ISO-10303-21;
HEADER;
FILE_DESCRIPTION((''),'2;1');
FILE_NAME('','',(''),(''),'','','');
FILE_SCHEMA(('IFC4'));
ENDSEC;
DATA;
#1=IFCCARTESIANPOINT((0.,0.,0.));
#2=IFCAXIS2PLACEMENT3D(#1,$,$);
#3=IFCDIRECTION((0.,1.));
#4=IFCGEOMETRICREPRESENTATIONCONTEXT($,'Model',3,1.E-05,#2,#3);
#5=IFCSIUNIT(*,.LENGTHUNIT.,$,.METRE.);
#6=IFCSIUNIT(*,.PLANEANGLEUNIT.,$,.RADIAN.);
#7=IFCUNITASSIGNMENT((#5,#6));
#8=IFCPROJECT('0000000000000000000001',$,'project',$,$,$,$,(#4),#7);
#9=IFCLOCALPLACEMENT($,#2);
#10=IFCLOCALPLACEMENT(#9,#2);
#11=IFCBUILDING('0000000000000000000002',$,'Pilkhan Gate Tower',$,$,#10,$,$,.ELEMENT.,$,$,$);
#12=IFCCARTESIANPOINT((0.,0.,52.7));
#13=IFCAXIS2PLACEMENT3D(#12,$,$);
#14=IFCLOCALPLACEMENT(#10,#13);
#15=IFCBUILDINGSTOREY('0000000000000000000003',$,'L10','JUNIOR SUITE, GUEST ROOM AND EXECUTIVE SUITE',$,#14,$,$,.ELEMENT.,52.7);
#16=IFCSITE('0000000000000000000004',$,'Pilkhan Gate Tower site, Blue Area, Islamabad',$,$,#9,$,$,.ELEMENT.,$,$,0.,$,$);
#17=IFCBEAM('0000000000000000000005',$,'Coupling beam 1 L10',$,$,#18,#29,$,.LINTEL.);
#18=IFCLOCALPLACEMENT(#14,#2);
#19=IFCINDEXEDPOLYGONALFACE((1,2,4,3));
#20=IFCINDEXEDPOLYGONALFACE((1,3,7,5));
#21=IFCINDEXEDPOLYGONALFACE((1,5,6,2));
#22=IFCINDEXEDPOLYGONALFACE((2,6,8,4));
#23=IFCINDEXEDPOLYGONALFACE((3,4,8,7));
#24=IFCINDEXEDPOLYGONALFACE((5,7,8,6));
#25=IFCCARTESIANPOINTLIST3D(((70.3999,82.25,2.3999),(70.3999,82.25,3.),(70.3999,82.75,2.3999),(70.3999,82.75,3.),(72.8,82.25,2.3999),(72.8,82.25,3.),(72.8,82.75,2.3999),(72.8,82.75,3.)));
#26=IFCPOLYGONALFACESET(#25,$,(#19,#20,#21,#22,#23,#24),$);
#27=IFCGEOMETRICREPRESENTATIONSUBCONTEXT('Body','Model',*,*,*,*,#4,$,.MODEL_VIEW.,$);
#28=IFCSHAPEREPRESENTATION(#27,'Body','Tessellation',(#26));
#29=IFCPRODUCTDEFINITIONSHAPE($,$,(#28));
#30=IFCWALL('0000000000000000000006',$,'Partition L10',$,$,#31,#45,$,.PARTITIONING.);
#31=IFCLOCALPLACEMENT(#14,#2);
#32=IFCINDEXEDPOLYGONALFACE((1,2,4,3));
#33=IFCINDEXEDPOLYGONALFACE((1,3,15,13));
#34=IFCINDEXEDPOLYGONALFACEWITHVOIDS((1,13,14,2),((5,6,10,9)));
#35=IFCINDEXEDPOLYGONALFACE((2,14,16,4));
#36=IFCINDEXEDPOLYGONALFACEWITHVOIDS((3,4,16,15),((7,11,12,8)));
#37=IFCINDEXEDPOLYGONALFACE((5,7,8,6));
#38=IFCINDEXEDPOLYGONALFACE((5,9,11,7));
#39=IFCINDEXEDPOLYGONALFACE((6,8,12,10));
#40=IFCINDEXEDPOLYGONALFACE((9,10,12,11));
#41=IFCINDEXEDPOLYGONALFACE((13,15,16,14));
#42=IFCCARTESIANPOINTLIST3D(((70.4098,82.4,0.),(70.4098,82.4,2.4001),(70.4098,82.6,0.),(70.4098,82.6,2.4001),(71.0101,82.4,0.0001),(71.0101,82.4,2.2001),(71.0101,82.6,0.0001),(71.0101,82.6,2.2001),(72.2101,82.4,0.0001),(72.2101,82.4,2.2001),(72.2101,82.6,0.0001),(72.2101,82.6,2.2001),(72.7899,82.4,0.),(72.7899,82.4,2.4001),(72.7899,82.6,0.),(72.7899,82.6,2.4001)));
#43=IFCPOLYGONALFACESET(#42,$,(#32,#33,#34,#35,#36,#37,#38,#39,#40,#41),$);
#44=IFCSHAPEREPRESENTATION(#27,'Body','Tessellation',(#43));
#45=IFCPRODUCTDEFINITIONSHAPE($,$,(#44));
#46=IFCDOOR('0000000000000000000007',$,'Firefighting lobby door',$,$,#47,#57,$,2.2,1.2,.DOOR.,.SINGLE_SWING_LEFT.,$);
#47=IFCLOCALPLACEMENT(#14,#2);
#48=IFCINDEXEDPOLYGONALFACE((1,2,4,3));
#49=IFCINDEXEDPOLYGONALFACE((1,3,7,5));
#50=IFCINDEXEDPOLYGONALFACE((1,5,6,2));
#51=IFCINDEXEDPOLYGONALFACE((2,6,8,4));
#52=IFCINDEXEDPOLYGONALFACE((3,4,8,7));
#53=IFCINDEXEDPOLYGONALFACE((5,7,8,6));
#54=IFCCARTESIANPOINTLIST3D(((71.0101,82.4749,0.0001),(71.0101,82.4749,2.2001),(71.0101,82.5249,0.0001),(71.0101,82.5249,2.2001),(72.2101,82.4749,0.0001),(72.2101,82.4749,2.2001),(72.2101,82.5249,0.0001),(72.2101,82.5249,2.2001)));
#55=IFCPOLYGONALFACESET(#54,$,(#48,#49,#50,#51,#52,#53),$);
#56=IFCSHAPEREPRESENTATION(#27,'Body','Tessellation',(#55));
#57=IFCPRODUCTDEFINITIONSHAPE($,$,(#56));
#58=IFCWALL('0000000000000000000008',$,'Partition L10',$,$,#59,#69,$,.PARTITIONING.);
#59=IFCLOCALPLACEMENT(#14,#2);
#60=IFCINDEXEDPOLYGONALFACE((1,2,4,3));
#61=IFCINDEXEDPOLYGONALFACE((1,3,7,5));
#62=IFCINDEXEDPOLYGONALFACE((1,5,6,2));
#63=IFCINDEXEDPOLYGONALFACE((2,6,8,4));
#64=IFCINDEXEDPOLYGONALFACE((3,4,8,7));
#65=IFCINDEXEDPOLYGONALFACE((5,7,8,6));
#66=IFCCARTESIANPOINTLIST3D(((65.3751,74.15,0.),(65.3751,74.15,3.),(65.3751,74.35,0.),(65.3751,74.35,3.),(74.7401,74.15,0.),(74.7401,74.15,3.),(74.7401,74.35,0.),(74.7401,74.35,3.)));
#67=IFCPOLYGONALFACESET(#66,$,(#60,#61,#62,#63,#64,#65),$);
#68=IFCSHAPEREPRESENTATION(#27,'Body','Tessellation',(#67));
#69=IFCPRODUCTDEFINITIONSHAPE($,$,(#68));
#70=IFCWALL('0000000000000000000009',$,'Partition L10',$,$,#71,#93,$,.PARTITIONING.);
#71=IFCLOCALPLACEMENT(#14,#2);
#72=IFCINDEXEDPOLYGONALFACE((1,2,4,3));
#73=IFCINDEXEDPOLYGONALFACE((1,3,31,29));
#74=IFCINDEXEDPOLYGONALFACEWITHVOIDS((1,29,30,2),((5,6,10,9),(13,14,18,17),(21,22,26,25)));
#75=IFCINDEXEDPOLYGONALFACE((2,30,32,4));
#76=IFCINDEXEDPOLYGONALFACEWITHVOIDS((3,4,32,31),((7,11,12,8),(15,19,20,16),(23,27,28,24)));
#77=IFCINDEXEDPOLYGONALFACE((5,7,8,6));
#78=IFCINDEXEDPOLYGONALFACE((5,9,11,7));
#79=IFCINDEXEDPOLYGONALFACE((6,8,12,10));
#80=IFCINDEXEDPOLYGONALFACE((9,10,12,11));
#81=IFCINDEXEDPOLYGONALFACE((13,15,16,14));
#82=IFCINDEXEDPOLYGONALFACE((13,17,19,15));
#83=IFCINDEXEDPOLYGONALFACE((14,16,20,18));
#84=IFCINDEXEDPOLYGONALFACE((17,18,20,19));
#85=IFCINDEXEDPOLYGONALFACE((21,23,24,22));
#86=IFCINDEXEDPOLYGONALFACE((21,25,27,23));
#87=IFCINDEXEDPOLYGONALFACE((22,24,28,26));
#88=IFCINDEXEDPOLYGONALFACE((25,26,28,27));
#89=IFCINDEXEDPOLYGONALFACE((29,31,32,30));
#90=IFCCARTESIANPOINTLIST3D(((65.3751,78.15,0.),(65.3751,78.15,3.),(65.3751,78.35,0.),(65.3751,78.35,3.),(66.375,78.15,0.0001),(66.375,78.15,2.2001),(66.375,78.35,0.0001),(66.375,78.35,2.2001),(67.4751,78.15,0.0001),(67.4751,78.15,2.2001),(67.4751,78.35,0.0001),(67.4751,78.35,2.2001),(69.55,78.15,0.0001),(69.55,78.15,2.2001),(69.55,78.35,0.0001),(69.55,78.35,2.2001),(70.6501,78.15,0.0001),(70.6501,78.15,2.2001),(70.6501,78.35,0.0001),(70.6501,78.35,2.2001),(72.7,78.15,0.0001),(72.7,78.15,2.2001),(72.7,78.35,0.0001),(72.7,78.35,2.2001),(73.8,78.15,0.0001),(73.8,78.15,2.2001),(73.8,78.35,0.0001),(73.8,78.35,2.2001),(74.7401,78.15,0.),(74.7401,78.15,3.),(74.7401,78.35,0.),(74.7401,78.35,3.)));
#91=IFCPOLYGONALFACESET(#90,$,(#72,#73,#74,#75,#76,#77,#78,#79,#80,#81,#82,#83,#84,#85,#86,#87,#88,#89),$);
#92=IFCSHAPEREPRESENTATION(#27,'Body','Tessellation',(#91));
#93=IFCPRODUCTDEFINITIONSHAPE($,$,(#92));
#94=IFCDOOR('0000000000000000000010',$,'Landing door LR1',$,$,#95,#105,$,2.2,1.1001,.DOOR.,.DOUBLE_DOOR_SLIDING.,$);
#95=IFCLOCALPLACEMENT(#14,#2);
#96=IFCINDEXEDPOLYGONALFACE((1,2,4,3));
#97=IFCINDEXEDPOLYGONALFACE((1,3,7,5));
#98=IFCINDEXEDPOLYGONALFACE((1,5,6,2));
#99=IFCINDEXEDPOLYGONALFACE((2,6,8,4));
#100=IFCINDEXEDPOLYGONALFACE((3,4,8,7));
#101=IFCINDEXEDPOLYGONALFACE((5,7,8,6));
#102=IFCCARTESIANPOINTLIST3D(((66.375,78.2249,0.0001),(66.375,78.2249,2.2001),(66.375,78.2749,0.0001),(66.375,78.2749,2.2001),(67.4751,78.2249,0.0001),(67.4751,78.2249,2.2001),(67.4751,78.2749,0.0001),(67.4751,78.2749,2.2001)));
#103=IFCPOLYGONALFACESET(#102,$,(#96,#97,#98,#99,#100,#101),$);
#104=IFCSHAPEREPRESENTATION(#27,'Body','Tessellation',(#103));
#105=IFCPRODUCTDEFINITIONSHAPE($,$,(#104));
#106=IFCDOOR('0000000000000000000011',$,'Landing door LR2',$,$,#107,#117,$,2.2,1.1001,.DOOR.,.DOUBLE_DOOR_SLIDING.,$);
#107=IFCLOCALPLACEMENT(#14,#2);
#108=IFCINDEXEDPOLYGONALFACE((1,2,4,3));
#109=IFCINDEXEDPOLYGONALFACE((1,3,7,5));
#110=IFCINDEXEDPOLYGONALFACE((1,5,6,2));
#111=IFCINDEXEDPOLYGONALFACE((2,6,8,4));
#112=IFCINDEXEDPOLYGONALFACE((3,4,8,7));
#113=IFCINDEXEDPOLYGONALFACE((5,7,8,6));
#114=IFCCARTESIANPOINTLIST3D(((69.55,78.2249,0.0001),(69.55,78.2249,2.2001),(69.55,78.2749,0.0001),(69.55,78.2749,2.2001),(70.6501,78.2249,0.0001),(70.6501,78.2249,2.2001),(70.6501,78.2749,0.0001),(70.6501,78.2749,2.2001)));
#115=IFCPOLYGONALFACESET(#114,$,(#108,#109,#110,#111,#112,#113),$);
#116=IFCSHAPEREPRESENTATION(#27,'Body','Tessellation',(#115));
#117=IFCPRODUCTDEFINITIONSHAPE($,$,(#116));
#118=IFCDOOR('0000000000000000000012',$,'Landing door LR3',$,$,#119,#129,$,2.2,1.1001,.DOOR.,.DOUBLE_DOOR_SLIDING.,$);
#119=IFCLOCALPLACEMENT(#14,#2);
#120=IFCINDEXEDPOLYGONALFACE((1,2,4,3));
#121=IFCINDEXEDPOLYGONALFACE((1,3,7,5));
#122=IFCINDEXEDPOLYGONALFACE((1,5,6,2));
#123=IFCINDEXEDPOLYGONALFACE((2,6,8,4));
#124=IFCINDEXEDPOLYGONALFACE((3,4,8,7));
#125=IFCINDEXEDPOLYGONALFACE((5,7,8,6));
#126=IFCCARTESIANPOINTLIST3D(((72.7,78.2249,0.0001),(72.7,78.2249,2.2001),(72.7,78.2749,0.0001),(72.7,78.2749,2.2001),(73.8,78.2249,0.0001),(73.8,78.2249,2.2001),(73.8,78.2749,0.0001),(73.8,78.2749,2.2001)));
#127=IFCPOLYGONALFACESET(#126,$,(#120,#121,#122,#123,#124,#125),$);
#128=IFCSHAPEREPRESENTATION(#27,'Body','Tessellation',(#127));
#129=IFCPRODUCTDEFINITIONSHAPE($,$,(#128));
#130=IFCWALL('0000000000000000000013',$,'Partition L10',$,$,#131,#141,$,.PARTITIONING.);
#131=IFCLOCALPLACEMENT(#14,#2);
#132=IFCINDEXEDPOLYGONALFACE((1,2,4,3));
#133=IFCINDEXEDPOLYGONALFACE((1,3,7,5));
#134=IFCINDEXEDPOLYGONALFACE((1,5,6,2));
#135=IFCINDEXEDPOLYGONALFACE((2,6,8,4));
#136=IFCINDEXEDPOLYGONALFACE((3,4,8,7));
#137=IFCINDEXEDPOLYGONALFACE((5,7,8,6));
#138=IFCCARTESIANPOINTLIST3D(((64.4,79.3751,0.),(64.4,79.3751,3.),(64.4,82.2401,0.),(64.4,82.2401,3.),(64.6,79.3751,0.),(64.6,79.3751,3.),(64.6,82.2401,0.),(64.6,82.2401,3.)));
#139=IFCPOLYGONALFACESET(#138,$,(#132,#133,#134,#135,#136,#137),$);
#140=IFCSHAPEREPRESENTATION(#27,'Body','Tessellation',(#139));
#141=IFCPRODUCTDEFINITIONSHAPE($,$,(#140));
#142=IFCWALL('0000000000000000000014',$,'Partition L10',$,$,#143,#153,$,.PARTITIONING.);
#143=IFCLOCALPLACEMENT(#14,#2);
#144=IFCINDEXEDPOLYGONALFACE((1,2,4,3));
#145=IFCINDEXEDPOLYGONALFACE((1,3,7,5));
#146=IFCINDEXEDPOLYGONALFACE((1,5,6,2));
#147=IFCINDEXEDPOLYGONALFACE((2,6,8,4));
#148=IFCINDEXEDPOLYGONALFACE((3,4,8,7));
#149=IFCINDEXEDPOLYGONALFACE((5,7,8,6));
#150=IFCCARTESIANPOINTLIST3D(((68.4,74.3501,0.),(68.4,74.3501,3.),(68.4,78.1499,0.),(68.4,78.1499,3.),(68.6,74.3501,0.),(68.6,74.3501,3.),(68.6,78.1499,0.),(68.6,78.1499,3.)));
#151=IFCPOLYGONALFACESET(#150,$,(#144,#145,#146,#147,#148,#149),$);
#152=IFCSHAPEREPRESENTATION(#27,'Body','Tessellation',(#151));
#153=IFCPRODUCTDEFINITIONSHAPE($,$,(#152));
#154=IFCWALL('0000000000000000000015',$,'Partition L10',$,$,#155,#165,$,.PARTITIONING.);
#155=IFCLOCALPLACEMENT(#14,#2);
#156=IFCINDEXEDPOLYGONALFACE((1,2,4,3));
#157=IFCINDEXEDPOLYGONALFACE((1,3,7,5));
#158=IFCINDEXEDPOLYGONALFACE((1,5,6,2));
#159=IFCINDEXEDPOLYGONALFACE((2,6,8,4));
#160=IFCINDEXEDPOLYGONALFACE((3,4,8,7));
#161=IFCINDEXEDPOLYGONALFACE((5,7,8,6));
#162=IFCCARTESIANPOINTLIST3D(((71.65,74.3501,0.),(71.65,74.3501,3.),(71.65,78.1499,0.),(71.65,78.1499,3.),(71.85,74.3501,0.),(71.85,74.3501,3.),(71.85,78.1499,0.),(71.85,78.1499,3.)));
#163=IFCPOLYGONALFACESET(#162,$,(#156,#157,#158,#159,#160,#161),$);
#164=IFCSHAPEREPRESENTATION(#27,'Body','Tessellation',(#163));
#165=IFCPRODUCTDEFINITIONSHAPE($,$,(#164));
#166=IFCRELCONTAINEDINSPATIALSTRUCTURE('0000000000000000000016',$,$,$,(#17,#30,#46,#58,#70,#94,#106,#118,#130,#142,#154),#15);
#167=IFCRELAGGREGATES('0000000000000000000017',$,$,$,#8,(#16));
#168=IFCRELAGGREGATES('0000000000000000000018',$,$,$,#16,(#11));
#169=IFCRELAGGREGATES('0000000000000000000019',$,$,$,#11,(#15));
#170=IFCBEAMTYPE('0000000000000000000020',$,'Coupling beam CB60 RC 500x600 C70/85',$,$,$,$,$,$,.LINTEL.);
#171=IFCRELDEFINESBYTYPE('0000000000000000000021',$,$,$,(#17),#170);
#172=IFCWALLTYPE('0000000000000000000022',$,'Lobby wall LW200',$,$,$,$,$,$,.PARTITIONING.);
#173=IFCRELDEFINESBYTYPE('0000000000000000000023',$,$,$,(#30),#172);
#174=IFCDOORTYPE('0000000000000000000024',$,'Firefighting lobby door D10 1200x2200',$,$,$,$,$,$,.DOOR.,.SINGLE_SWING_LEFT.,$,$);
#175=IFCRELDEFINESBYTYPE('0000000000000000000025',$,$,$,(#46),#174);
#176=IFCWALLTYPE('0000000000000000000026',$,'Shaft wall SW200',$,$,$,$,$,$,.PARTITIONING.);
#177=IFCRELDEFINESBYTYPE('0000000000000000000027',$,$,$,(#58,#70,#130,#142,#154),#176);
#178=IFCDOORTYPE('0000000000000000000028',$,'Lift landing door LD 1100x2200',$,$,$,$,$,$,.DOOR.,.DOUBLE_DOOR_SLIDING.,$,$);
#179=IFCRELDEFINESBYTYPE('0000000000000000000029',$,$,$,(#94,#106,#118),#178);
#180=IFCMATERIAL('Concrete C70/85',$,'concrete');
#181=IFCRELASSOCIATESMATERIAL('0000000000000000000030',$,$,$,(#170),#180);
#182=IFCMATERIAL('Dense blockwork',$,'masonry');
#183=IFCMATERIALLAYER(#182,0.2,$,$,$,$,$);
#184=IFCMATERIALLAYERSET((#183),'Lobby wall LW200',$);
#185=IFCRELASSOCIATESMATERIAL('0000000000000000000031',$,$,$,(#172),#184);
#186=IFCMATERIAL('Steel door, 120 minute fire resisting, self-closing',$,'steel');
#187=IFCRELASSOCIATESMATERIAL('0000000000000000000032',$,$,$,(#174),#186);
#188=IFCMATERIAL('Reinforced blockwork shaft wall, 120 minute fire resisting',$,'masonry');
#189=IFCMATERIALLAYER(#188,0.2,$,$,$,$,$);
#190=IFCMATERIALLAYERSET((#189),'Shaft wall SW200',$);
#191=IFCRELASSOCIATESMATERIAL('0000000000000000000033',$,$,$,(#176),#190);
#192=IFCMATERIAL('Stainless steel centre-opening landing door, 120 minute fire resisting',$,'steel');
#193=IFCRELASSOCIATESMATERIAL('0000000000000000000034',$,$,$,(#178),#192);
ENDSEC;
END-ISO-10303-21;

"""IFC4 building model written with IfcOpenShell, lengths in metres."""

from ifc_helpers import new_model, si_unit, direction, frame, frame_2d, origin, origin_2d, place, context, subcontext, project, spatial, rectangle, extrude, material, layer, layer_set, material_profile, profile_set, type_object, element, fill, save


model = new_model("IFC4")

# Units and contexts
model_context = context("Model", 3, precision=1e-05, world=origin(), true_north=direction((0.0, 1.0)))
body_context = subcontext(model_context, "Body", "Model", "MODEL_VIEW")
ifc_project = project(units=[si_unit("LENGTHUNIT", "METRE"), si_unit("PLANEANGLEUNIT", "RADIAN")], contexts=[model_context])

# Site, building, storey
site_placement = place(None, origin())
site = spatial("IfcSite", under=ifc_project, at=site_placement, Name="Pilkhan Gate Tower site, Blue Area, Islamabad", CompositionType="ELEMENT", RefElevation=0.0)
building_placement = place(site_placement, origin())
building = spatial("IfcBuilding", under=site, at=building_placement, Name="Pilkhan Gate Tower", CompositionType="ELEMENT")
storey_placement = place(building_placement, frame((0.0, 0.0, 52.7)))
storey = spatial("IfcBuildingStorey", under=building, at=storey_placement, Name="L10", Description="JUNIOR SUITE, GUEST ROOM AND EXECUTIVE SUITE", CompositionType="ELEMENT", Elevation=52.7)

# Beam
ifc_material_1 = material(Name="Concrete C70/85", Category="concrete")
ifc_material_profile = material_profile(ifc_material_1, rectangle(XDim=0.5, YDim=0.6001, at=origin_2d()), Name="RC 500x600")
ifc_profile_set = profile_set([ifc_material_profile], Name="Concrete C70/85")
beam_type = type_object("IfcBeamType", Name="Coupling beam CB60 RC 500x600 C70/85", PredefinedType="LINTEL", material=ifc_profile_set)
beam_placement = place(storey_placement, frame((70.3999, 82.5, 2.7), z_axis=(1.0, 0.0, 0.0), x_axis=(0.0, 1.0, 0.0)))
element("IfcBeam", 1, at=beam_placement, inside=storey, type_object=beam_type, Name="Coupling beam 1 L10", PredefinedType="LINTEL", context=body_context, shape_type="SweptSolid", body=[
    extrude(rectangle(XDim=0.5, YDim=0.6001, at=origin_2d()), origin(), (0.0, 0.0, 1.0), 2.4001),
])

# Wall, opening, door
ifc_material_2 = material(Name="Dense blockwork", Category="masonry")
ifc_layer_1 = layer(ifc_material_2, 0.2)
ifc_layer_set_1 = layer_set([ifc_layer_1], Name="Lobby wall LW200")
wall_type_1 = type_object("IfcWallType", Name="Lobby wall LW200", PredefinedType="PARTITIONING", material=ifc_layer_set_1)
wall_1_placement = place(storey_placement, frame((70.4099, 82.5, 0.0), z_axis=(0.0, 0.0, 1.0), x_axis=(1.0, 0.0, 0.0)))
wall_1 = element("IfcWall", 2, at=wall_1_placement, inside=storey, type_object=wall_type_1, Name="Partition L10", PredefinedType="PARTITIONING", context=body_context, shape_type="SweptSolid", body=[
    extrude(rectangle(XDim=2.3801, YDim=0.2, at=frame_2d((1.1899, 0.0))), origin(), (0.0, 0.0, 1.0), 2.4001),
])
opening_1_placement = place(wall_1_placement, frame((0.6001, 0.0, 0.0)))
opening_1 = element("IfcOpeningElement", 3, at=opening_1_placement, cuts=wall_1, PredefinedType="OPENING", context=body_context, shape_type="SweptSolid", body=[
    extrude(rectangle(XDim=1.2, YDim=2.2, at=frame_2d((0.6001, 1.1001))), frame((0.0, 0.1099, 0.0), z_axis=(0.0, -1.0, 0.0), x_axis=(1.0, 0.0, 0.0)), (0.0, 0.0, 1.0), 0.22),
])
ifc_material_3 = material(Name="Steel door, 120 minute fire resisting, self-closing", Category="steel")
door_type_1 = type_object("IfcDoorType", Name="Firefighting lobby door D10 1200x2200", OperationType="SINGLE_SWING_LEFT", PredefinedType="DOOR", material=ifc_material_3)
door_1_placement = place(opening_1_placement, origin())
door_1 = element("IfcDoor", 4, at=door_1_placement, inside=storey, type_object=door_type_1, Name="Firefighting lobby door", OperationType="SINGLE_SWING_LEFT", OverallHeight=2.2, OverallWidth=1.2, PredefinedType="DOOR", context=body_context, shape_type="SweptSolid", body=[
    extrude(rectangle(XDim=1.2, YDim=2.2, at=frame_2d((0.6001, 1.1001))), frame((0.0, 0.0249, 0.0), z_axis=(0.0, -1.0, 0.0), x_axis=(1.0, 0.0, 0.0)), (0.0, 0.0, 1.0), 0.05),
])
fill(opening_1, door_1)

# Wall
ifc_material_4 = material(Name="Reinforced blockwork shaft wall, 120 minute fire resisting", Category="masonry")
ifc_layer_2 = layer(ifc_material_4, 0.2)
ifc_layer_set_2 = layer_set([ifc_layer_2], Name="Shaft wall SW200")
wall_type_2 = type_object("IfcWallType", Name="Shaft wall SW200", PredefinedType="PARTITIONING", material=ifc_layer_set_2)
wall_2_placement = place(storey_placement, frame((65.375, 74.25, 0.0), z_axis=(0.0, 0.0, 1.0), x_axis=(1.0, 0.0, 0.0)))
element("IfcWall", 5, at=wall_2_placement, inside=storey, type_object=wall_type_2, Name="Partition L10", PredefinedType="PARTITIONING", context=body_context, shape_type="SweptSolid", body=[
    extrude(rectangle(XDim=9.365, YDim=0.2, at=frame_2d((4.6826, 0.0))), origin(), (0.0, 0.0, 1.0), 3.0),
])

# Wall, openings, doors
wall_3_placement = place(storey_placement, frame((65.375, 78.25, 0.0), z_axis=(0.0, 0.0, 1.0), x_axis=(1.0, 0.0, 0.0)))
wall_3 = element("IfcWall", 6, at=wall_3_placement, inside=storey, type_object=wall_type_2, Name="Partition L10", PredefinedType="PARTITIONING", context=body_context, shape_type="SweptSolid", body=[
    extrude(rectangle(XDim=9.365, YDim=0.2, at=frame_2d((4.6826, 0.0))), origin(), (0.0, 0.0, 1.0), 3.0),
])
opening_2_placement = place(wall_3_placement, frame((1.0, 0.0, 0.0)))
opening_2 = element("IfcOpeningElement", 7, at=opening_2_placement, cuts=wall_3, PredefinedType="OPENING", context=body_context, shape_type="SweptSolid", body=[
    extrude(rectangle(XDim=1.1001, YDim=2.2, at=frame_2d((0.55, 1.1001))), frame((0.0, 0.1099, 0.0), z_axis=(0.0, -1.0, 0.0), x_axis=(1.0, 0.0, 0.0)), (0.0, 0.0, 1.0), 0.22),
])
opening_3_placement = place(wall_3_placement, frame((4.175, 0.0, 0.0)))
opening_3 = element("IfcOpeningElement", 8, at=opening_3_placement, cuts=wall_3, PredefinedType="OPENING", context=body_context, shape_type="SweptSolid", body=[
    extrude(rectangle(XDim=1.1001, YDim=2.2, at=frame_2d((0.55, 1.1001))), frame((0.0, 0.1099, 0.0), z_axis=(0.0, -1.0, 0.0), x_axis=(1.0, 0.0, 0.0)), (0.0, 0.0, 1.0), 0.22),
])
opening_4_placement = place(wall_3_placement, frame((7.325, 0.0, 0.0)))
opening_4 = element("IfcOpeningElement", 9, at=opening_4_placement, cuts=wall_3, PredefinedType="OPENING", context=body_context, shape_type="SweptSolid", body=[
    extrude(rectangle(XDim=1.1001, YDim=2.2, at=frame_2d((0.55, 1.1001))), frame((0.0, 0.1099, 0.0), z_axis=(0.0, -1.0, 0.0), x_axis=(1.0, 0.0, 0.0)), (0.0, 0.0, 1.0), 0.22),
])
ifc_material_5 = material(Name="Stainless steel centre-opening landing door, 120 minute fire resisting", Category="steel")
door_type_2 = type_object("IfcDoorType", Name="Lift landing door LD 1100x2200", OperationType="DOUBLE_DOOR_SLIDING", PredefinedType="DOOR", material=ifc_material_5)
door_2_placement = place(opening_2_placement, origin())
door_2 = element("IfcDoor", 10, at=door_2_placement, inside=storey, type_object=door_type_2, Name="Landing door LR1", OperationType="DOUBLE_DOOR_SLIDING", OverallHeight=2.2, OverallWidth=1.1001, PredefinedType="DOOR", context=body_context, shape_type="SweptSolid", body=[
    extrude(rectangle(XDim=1.1001, YDim=2.2, at=frame_2d((0.55, 1.1001))), frame((0.0, 0.0249, 0.0), z_axis=(0.0, -1.0, 0.0), x_axis=(1.0, 0.0, 0.0)), (0.0, 0.0, 1.0), 0.05),
])
fill(opening_2, door_2)
door_3_placement = place(opening_3_placement, origin())
door_3 = element("IfcDoor", 11, at=door_3_placement, inside=storey, type_object=door_type_2, Name="Landing door LR2", OperationType="DOUBLE_DOOR_SLIDING", OverallHeight=2.2, OverallWidth=1.1001, PredefinedType="DOOR", context=body_context, shape_type="SweptSolid", body=[
    extrude(rectangle(XDim=1.1001, YDim=2.2, at=frame_2d((0.55, 1.1001))), frame((0.0, 0.0249, 0.0), z_axis=(0.0, -1.0, 0.0), x_axis=(1.0, 0.0, 0.0)), (0.0, 0.0, 1.0), 0.05),
])
fill(opening_3, door_3)
door_4_placement = place(opening_4_placement, origin())
door_4 = element("IfcDoor", 12, at=door_4_placement, inside=storey, type_object=door_type_2, Name="Landing door LR3", OperationType="DOUBLE_DOOR_SLIDING", OverallHeight=2.2, OverallWidth=1.1001, PredefinedType="DOOR", context=body_context, shape_type="SweptSolid", body=[
    extrude(rectangle(XDim=1.1001, YDim=2.2, at=frame_2d((0.55, 1.1001))), frame((0.0, 0.0249, 0.0), z_axis=(0.0, -1.0, 0.0), x_axis=(1.0, 0.0, 0.0)), (0.0, 0.0, 1.0), 0.05),
])
fill(opening_4, door_4)

# Walls
wall_4_placement = place(storey_placement, frame((64.5, 79.375, 0.0), z_axis=(0.0, 0.0, 1.0), x_axis=(0.0, 1.0, 0.0)))
element("IfcWall", 13, at=wall_4_placement, inside=storey, type_object=wall_type_2, Name="Partition L10", PredefinedType="PARTITIONING", context=body_context, shape_type="SweptSolid", body=[
    extrude(rectangle(XDim=2.865, YDim=0.2, at=frame_2d((1.4326, 0.0))), origin(), (0.0, 0.0, 1.0), 3.0),
])
for number, where, z_axis, x_axis, name in (
    (14, (68.5, 74.3501, 0.0), (0.0, 0.0, 1.0), (0.0, 1.0, 0.0), "Partition L10"),
    (15, (71.75, 74.3501, 0.0), (0.0, 0.0, 1.0), (0.0, 1.0, 0.0), "Partition L10"),
):
    element("IfcWall", number, at=place(storey_placement, frame(where, z_axis=z_axis, x_axis=x_axis)), inside=storey, type_object=wall_type_2, Name=name, PredefinedType="PARTITIONING", context=body_context, shape_type="SweptSolid", body=[
        extrude(rectangle(XDim=3.7998, YDim=0.2, at=frame_2d((1.8999, 0.0))), origin(), (0.0, 0.0, 1.0), 3.0),
    ])

save(model, "model.ifc")
